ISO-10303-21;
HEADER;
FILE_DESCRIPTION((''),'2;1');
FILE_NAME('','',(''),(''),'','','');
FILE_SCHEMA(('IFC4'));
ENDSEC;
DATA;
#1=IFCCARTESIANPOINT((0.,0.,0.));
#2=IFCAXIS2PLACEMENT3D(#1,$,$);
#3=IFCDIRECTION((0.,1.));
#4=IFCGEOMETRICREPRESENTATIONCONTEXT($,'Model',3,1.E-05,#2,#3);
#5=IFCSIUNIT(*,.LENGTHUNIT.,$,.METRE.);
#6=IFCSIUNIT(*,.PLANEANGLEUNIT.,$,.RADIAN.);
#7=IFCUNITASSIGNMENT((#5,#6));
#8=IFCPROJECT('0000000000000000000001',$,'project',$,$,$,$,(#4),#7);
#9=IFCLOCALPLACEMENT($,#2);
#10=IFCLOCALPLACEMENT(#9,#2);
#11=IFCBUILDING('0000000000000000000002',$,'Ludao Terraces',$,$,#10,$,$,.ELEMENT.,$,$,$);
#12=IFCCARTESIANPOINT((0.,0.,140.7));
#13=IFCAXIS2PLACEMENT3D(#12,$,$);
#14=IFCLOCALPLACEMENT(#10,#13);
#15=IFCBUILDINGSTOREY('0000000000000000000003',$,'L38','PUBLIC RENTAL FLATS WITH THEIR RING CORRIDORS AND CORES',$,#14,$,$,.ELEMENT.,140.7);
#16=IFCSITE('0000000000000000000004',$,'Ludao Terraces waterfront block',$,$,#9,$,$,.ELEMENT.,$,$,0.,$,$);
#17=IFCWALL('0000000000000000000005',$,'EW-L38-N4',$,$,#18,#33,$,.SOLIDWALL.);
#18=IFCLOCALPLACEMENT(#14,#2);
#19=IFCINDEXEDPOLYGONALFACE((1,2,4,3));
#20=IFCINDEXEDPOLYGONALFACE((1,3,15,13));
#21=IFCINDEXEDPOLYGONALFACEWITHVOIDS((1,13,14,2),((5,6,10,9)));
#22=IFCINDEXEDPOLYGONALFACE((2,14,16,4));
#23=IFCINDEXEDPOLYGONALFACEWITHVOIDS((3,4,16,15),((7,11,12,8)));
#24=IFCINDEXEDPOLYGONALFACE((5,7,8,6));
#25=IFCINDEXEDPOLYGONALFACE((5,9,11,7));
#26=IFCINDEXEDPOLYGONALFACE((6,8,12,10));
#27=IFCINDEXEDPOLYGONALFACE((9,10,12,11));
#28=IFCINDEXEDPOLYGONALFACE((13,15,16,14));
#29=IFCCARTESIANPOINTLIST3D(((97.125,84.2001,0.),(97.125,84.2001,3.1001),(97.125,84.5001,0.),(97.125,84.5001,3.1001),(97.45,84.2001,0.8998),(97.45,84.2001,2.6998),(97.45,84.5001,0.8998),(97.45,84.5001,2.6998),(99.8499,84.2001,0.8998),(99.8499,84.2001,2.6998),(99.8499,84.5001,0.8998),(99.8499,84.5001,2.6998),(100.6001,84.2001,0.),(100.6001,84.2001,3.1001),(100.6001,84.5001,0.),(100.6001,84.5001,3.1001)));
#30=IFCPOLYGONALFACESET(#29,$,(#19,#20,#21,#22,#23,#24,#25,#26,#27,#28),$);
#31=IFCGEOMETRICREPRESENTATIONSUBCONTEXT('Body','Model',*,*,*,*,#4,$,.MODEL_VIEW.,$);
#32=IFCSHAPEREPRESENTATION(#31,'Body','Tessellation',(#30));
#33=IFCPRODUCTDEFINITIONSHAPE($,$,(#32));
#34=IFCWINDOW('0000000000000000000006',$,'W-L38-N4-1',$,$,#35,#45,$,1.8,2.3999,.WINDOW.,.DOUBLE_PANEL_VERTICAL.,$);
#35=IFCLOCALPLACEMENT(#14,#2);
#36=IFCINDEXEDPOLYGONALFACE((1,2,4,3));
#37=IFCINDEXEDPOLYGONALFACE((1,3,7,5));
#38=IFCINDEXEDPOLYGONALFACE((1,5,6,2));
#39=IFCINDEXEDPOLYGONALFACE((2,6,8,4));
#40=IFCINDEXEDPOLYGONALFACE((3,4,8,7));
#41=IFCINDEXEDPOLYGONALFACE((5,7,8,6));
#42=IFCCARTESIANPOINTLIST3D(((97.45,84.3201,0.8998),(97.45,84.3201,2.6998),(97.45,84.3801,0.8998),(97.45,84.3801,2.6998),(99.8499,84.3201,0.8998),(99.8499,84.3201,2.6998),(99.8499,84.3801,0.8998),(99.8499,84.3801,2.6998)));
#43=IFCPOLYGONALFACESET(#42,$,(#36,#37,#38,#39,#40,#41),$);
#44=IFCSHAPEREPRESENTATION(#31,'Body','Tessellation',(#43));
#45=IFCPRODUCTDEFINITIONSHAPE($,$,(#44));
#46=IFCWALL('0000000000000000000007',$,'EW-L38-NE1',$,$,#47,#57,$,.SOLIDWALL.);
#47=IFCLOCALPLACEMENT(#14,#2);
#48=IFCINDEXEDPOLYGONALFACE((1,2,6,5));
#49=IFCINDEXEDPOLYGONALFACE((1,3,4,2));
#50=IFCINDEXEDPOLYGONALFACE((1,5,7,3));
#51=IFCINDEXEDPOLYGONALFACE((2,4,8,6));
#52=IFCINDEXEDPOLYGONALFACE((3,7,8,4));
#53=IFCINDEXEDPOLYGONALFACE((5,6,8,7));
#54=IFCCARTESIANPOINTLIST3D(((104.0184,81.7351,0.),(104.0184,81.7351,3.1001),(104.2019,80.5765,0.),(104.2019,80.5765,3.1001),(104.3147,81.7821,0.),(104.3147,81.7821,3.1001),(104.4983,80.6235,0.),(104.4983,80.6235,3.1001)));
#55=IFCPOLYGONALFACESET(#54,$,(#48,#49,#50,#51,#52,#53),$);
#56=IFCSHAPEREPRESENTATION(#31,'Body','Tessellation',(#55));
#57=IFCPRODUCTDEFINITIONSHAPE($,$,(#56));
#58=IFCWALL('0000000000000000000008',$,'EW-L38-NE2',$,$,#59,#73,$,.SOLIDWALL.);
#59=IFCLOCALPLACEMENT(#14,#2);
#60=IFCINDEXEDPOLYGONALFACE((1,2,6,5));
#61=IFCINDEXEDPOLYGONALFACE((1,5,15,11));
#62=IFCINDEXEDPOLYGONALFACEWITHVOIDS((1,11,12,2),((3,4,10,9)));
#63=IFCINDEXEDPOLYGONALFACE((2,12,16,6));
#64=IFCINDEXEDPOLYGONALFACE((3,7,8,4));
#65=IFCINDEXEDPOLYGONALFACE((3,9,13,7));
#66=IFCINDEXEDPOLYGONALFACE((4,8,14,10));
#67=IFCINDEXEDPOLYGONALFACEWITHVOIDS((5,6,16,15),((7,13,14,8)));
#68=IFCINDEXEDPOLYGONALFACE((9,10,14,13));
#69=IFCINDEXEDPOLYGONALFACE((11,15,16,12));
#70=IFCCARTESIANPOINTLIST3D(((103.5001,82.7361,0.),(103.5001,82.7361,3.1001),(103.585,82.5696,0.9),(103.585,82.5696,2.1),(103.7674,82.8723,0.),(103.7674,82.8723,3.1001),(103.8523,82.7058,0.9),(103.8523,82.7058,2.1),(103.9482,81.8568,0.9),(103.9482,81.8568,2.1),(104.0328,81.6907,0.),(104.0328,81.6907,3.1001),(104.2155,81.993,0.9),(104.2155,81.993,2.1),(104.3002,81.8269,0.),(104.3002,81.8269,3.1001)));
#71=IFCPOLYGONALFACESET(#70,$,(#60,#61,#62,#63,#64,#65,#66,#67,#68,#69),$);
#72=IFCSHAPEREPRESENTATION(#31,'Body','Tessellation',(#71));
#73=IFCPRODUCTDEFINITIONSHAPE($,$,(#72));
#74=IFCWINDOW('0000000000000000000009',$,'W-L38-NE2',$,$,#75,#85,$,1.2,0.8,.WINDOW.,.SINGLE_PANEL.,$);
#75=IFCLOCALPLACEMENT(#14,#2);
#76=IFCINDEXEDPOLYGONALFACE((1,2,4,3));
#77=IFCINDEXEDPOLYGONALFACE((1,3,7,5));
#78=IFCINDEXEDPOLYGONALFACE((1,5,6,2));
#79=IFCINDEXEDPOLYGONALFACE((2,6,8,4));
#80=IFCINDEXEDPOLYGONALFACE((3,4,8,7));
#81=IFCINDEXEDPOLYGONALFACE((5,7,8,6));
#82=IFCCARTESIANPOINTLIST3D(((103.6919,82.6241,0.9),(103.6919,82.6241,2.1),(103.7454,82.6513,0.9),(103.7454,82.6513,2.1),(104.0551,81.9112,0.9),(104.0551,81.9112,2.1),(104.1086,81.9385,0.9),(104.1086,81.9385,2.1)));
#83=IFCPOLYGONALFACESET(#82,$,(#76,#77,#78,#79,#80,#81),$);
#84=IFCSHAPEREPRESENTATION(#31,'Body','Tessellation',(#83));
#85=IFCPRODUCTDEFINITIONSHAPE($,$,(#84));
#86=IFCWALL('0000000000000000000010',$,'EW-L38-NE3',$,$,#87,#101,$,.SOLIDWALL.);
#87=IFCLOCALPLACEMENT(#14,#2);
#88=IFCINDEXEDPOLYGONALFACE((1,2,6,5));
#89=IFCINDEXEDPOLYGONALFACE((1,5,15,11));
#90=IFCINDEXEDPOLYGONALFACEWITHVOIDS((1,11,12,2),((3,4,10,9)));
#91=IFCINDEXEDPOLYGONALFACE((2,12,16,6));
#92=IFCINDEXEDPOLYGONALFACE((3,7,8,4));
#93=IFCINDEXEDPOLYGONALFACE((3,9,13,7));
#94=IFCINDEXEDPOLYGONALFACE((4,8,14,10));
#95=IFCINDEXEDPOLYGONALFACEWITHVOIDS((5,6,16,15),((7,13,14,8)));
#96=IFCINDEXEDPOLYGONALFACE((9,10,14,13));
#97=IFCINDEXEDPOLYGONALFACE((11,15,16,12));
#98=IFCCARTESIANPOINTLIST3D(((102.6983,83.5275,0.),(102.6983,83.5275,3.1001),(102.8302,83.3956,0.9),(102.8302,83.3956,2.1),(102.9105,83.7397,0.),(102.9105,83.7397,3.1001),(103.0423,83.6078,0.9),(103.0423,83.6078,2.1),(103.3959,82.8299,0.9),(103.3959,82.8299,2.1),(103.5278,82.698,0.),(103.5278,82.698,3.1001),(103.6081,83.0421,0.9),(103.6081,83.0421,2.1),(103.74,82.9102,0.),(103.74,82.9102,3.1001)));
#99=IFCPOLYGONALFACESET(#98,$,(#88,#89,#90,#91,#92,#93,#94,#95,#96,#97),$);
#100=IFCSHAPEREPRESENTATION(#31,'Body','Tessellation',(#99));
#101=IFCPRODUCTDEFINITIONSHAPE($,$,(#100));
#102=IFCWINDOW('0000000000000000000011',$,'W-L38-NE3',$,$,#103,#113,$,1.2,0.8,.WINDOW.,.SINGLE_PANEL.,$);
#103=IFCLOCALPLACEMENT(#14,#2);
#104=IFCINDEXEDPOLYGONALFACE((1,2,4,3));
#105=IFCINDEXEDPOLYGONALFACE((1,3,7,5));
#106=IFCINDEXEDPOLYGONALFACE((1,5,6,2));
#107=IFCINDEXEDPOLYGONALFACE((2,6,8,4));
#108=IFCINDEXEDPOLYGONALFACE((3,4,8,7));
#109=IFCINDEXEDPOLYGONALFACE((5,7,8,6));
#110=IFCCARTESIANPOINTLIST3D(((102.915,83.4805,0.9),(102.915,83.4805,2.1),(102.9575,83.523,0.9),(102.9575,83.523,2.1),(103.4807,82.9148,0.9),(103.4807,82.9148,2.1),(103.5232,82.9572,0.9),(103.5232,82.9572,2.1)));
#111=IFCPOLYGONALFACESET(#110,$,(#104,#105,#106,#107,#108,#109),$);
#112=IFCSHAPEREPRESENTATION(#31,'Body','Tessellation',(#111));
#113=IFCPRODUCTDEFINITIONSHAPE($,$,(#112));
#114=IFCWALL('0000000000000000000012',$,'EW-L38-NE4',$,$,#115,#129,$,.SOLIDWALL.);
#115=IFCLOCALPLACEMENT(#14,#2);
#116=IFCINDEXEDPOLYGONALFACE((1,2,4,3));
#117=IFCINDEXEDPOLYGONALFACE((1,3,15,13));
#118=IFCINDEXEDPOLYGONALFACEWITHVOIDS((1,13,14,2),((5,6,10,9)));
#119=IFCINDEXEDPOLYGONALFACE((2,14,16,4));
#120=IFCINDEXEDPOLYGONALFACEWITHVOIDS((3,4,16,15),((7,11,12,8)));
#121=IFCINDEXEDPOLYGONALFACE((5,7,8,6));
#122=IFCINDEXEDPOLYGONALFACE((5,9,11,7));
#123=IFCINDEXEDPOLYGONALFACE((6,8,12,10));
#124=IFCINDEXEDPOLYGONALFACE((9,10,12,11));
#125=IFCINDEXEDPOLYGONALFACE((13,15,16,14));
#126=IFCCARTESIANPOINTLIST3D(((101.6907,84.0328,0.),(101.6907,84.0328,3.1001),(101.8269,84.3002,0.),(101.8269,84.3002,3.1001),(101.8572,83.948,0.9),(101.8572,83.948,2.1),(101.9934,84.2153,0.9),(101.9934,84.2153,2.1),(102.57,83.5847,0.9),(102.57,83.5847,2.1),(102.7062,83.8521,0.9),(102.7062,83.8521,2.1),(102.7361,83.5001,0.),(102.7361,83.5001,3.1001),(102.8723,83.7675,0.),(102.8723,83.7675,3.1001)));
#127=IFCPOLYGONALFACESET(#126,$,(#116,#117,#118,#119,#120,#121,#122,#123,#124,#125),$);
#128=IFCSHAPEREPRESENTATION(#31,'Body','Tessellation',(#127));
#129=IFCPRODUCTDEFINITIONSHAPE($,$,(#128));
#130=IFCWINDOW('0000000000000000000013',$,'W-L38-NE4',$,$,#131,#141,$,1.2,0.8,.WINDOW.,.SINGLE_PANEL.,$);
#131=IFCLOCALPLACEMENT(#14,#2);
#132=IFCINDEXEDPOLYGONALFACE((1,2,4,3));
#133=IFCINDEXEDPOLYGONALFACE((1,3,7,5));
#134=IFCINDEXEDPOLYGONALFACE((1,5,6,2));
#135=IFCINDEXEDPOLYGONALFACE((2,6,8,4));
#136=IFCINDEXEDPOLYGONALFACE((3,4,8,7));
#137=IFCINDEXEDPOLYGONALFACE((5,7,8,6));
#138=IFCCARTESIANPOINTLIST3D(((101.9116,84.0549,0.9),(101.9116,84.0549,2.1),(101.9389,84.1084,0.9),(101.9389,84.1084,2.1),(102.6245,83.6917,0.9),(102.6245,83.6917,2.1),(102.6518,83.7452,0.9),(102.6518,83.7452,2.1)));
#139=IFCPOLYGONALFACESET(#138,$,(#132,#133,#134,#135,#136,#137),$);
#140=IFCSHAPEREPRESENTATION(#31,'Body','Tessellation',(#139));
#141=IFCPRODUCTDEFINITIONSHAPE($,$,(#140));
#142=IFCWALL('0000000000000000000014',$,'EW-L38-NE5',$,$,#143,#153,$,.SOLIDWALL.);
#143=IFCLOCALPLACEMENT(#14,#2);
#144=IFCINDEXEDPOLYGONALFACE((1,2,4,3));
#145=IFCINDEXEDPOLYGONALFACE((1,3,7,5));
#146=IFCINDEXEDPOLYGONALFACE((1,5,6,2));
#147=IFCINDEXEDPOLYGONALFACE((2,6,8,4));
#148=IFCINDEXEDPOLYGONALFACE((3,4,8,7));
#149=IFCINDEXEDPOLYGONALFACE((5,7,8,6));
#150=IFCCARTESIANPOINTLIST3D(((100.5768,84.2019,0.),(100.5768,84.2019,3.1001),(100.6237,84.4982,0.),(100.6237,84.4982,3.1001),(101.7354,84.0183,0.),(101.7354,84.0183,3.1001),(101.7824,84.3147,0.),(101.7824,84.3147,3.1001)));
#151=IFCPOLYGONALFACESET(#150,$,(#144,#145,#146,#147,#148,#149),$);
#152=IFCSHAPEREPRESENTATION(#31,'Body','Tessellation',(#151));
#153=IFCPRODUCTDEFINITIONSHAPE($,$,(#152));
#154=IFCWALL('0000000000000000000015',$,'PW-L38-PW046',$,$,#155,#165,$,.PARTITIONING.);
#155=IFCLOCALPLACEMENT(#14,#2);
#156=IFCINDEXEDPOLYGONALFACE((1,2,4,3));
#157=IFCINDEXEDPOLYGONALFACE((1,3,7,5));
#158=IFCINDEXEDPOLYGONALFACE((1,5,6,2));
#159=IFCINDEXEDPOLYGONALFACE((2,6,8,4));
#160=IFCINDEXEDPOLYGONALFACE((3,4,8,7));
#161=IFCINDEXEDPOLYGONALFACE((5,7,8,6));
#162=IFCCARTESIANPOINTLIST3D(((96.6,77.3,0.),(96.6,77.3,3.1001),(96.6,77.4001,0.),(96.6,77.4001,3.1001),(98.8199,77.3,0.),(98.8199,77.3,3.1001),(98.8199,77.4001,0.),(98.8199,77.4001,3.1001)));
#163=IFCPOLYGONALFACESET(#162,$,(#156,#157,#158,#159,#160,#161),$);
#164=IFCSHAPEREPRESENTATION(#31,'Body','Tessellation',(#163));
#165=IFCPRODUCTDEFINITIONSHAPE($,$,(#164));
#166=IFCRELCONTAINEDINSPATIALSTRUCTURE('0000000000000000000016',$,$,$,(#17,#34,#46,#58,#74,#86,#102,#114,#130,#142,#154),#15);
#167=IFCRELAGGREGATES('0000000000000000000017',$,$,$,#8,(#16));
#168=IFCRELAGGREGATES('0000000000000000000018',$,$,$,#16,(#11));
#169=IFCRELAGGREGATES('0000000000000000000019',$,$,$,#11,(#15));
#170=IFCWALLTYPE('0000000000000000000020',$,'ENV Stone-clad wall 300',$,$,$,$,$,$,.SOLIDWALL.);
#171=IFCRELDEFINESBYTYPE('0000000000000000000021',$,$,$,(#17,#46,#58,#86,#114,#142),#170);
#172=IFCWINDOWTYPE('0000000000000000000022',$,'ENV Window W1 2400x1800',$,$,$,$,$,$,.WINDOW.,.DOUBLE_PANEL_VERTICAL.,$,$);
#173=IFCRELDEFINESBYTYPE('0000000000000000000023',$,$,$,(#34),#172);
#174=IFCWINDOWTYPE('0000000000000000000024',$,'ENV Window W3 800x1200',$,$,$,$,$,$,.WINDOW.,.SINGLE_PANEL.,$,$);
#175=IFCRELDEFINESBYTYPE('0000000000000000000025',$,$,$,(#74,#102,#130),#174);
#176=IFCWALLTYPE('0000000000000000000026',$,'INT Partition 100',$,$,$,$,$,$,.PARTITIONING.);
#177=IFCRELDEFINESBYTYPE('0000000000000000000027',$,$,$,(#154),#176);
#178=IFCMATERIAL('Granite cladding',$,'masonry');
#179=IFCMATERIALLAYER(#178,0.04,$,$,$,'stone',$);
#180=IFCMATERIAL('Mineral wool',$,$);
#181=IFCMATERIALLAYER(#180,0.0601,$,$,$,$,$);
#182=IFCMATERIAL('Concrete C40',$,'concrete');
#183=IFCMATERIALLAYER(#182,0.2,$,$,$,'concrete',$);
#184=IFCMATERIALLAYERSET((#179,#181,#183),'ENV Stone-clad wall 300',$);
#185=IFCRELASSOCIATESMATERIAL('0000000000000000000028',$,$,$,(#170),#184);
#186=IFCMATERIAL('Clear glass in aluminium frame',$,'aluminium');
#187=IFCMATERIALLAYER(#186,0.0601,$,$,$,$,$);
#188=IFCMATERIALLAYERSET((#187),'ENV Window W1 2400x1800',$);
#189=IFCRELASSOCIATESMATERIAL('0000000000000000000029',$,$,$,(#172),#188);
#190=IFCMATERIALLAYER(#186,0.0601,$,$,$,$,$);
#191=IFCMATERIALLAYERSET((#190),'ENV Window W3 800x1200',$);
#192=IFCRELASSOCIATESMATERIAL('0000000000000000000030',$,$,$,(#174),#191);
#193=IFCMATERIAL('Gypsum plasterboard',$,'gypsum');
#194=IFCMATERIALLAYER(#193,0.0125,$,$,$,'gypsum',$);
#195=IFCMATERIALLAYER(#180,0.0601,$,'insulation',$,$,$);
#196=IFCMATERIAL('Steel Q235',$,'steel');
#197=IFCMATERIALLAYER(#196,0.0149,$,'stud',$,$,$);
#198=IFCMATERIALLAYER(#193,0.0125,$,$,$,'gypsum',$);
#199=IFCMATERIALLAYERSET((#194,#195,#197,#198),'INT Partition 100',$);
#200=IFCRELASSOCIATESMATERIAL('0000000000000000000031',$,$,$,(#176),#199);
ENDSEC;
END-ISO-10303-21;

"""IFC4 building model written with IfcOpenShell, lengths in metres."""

from ifc_helpers import new_model, si_unit, direction, frame, frame_2d, origin, place, context, subcontext, project, spatial, rectangle, extrude, material, layer, layer_set, type_object, element, fill, save


model = new_model("IFC4")

# Units and contexts
model_context = context("Model", 3, precision=1e-05, world=origin(), true_north=direction((0.0, 1.0)))
body_context = subcontext(model_context, "Body", "Model", "MODEL_VIEW")
ifc_project = project(units=[si_unit("LENGTHUNIT", "METRE"), si_unit("PLANEANGLEUNIT", "RADIAN")], contexts=[model_context])

# Site, building, storey
site_placement = place(None, origin())
site = spatial("IfcSite", under=ifc_project, at=site_placement, Name="Ludao Terraces waterfront block", CompositionType="ELEMENT", RefElevation=0.0)
building_placement = place(site_placement, origin())
building = spatial("IfcBuilding", under=site, at=building_placement, Name="Ludao Terraces", CompositionType="ELEMENT")
storey_placement = place(building_placement, frame((0.0, 0.0, 140.7)))
storey = spatial("IfcBuildingStorey", under=building, at=storey_placement, Name="L38", Description="PUBLIC RENTAL FLATS WITH THEIR RING CORRIDORS AND CORES", CompositionType="ELEMENT", Elevation=140.7)

# Shared definitions
ifc_material_1 = material(Name="Concrete C40", Category="concrete")

# Shared definitions
ifc_material_2 = material(Name="Steel Q235", Category="steel")

# Shared definitions
ifc_material_3 = material(Name="Granite cladding", Category="masonry")
ifc_layer_1 = layer(ifc_material_3, 0.04, Category="stone")
ifc_material_4 = material(Name="Mineral wool")
ifc_layer_2 = layer(ifc_material_4, 0.0601)
ifc_layer_3 = layer(ifc_material_1, 0.2, Category="concrete")
ifc_layer_set_1 = layer_set([ifc_layer_1, ifc_layer_2, ifc_layer_3], Name="ENV Stone-clad wall 300")
wall_type_1 = type_object("IfcWallType", Name="ENV Stone-clad wall 300", PredefinedType="SOLIDWALL", material=ifc_layer_set_1)
ifc_material_5 = material(Name="Clear glass in aluminium frame", Category="aluminium")
ifc_layer_4 = layer(ifc_material_5, 0.0601)
ifc_layer_set_2 = layer_set([ifc_layer_4], Name="ENV Window W1 2400x1800")
window_type_1 = type_object("IfcWindowType", Name="ENV Window W1 2400x1800", PartitioningType="DOUBLE_PANEL_VERTICAL", PredefinedType="WINDOW", material=ifc_layer_set_2)

# Wall, opening, window
wall_1_placement = place(storey_placement, frame((97.125, 84.3501, 0.0), z_axis=(0.0, 0.0, 1.0), x_axis=(1.0, 0.0, 0.0)))
wall_1 = element("IfcWall", 1, at=wall_1_placement, inside=storey, type_object=wall_type_1, Name="EW-L38-N4", PredefinedType="SOLIDWALL", context=body_context, shape_type="SweptSolid", body=[
    extrude(rectangle(XDim=3.4751, YDim=0.3, at=frame_2d((1.7375, 0.0))), origin(), (0.0, 0.0, 1.0), 3.1001),
])
opening_1_placement = place(wall_1_placement, frame((0.325, 0.0, 0.8999)))
opening_1 = element("IfcOpeningElement", 2, at=opening_1_placement, cuts=wall_1, PredefinedType="OPENING", context=body_context, shape_type="SweptSolid", body=[
    extrude(rectangle(XDim=2.3999, YDim=1.8, at=frame_2d((1.2, 0.8999))), frame((0.0, 0.1602, 0.0), z_axis=(0.0, -1.0, 0.0), x_axis=(1.0, 0.0, 0.0)), (0.0, 0.0, 1.0), 0.3201),
])
window_1_placement = place(opening_1_placement, origin())
window_1 = element("IfcWindow", 3, at=window_1_placement, inside=storey, type_object=window_type_1, Name="W-L38-N4-1", OverallHeight=1.8, OverallWidth=2.3999, PartitioningType="DOUBLE_PANEL_VERTICAL", PredefinedType="WINDOW", context=body_context, shape_type="SweptSolid", body=[
    extrude(rectangle(XDim=2.3999, YDim=1.8, at=frame_2d((1.2, 0.8999))), frame((0.0, 0.03, 0.0), z_axis=(0.0, -1.0, 0.0), x_axis=(1.0, 0.0, 0.0)), (0.0, 0.0, 1.0), 0.0601),
])
fill(opening_1, window_1)

# Wall
wall_2_placement = place(storey_placement, frame((104.3501, 80.6001, 0.0), z_axis=(0.0, 0.0, 1.0), x_axis=(-0.156497, 0.987678, 0.0)))
element("IfcWall", 4, at=wall_2_placement, inside=storey, type_object=wall_type_1, Name="EW-L38-NE1", PredefinedType="SOLIDWALL", context=body_context, shape_type="SweptSolid", body=[
    extrude(rectangle(XDim=1.1731, YDim=0.3, at=frame_2d((0.5864, 0.0))), origin(), (0.0, 0.0, 1.0), 3.1001),
])

# Walls, openings, windows
wall_3_placement = place(storey_placement, frame((104.1665, 81.7588, 0.0), z_axis=(0.0, 0.0, 1.0), x_axis=(-0.454026, 0.890989, 0.0)))
wall_3 = element("IfcWall", 5, at=wall_3_placement, inside=storey, type_object=wall_type_1, Name="EW-L38-NE2", PredefinedType="SOLIDWALL", context=body_context, shape_type="SweptSolid", body=[
    extrude(rectangle(XDim=1.1733, YDim=0.3, at=frame_2d((0.5867, 0.0))), origin(), (0.0, 0.0, 1.0), 3.1001),
])
opening_2_placement = place(wall_3_placement, frame((0.1865, 0.0, 0.8999)))
opening_2 = element("IfcOpeningElement", 6, at=opening_2_placement, cuts=wall_3, PredefinedType="OPENING", context=body_context, shape_type="SweptSolid", body=[
    extrude(rectangle(XDim=0.8, YDim=1.2, at=frame_2d((0.3999, 0.6001))), frame((0.0, 0.1602, 0.0), z_axis=(0.0, -1.0, 0.0), x_axis=(1.0, 0.0, 0.0)), (0.0, 0.0, 1.0), 0.3201),
])
ifc_layer_5 = layer(ifc_material_5, 0.0601)
ifc_layer_set_3 = layer_set([ifc_layer_5], Name="ENV Window W3 800x1200")
window_type_2 = type_object("IfcWindowType", Name="ENV Window W3 800x1200", PartitioningType="SINGLE_PANEL", PredefinedType="WINDOW", material=ifc_layer_set_3)
window_2_placement = place(opening_2_placement, origin())
window_2 = element("IfcWindow", 7, at=window_2_placement, inside=storey, type_object=window_type_2, Name="W-L38-NE2", OverallHeight=1.2, OverallWidth=0.8, PartitioningType="SINGLE_PANEL", PredefinedType="WINDOW", context=body_context, shape_type="SweptSolid", body=[
    extrude(rectangle(XDim=0.8, YDim=1.2, at=frame_2d((0.3999, 0.6001))), frame((0.0, 0.03, 0.0), z_axis=(0.0, -1.0, 0.0), x_axis=(1.0, 0.0, 0.0)), (0.0, 0.0, 1.0), 0.0601),
])
fill(opening_2, window_2)
wall_4_placement = place(storey_placement, frame((103.6338, 82.8042, 0.0), z_axis=(0.0, 0.0, 1.0), x_axis=(-0.707107, 0.707107, 0.0)))
wall_4 = element("IfcWall", 8, at=wall_4_placement, inside=storey, type_object=wall_type_1, Name="EW-L38-NE3", PredefinedType="SOLIDWALL", context=body_context, shape_type="SweptSolid", body=[
    extrude(rectangle(XDim=1.1731, YDim=0.3, at=frame_2d((0.5864, 0.0))), origin(), (0.0, 0.0, 1.0), 3.1001),
])
opening_3_placement = place(wall_4_placement, frame((0.1865, 0.0, 0.8999)))
opening_3 = element("IfcOpeningElement", 9, at=opening_3_placement, cuts=wall_4, PredefinedType="OPENING", context=body_context, shape_type="SweptSolid", body=[
    extrude(rectangle(XDim=0.8, YDim=1.2, at=frame_2d((0.3999, 0.6001))), frame((0.0, 0.1602, 0.0), z_axis=(0.0, -1.0, 0.0), x_axis=(1.0, 0.0, 0.0)), (0.0, 0.0, 1.0), 0.3201),
])
window_3_placement = place(opening_3_placement, origin())
window_3 = element("IfcWindow", 10, at=window_3_placement, inside=storey, type_object=window_type_2, Name="W-L38-NE3", OverallHeight=1.2, OverallWidth=0.8, PartitioningType="SINGLE_PANEL", PredefinedType="WINDOW", context=body_context, shape_type="SweptSolid", body=[
    extrude(rectangle(XDim=0.8, YDim=1.2, at=frame_2d((0.3999, 0.6001))), frame((0.0, 0.03, 0.0), z_axis=(0.0, -1.0, 0.0), x_axis=(1.0, 0.0, 0.0)), (0.0, 0.0, 1.0), 0.0601),
])
fill(opening_3, window_3)
wall_5_placement = place(storey_placement, frame((102.8042, 83.6338, 0.0), z_axis=(0.0, 0.0, 1.0), x_axis=(-0.890989, 0.454026, 0.0)))
wall_5 = element("IfcWall", 11, at=wall_5_placement, inside=storey, type_object=wall_type_1, Name="EW-L38-NE4", PredefinedType="SOLIDWALL", context=body_context, shape_type="SweptSolid", body=[
    extrude(rectangle(XDim=1.1733, YDim=0.3, at=frame_2d((0.5867, 0.0))), origin(), (0.0, 0.0, 1.0), 3.1001),
])
opening_4_placement = place(wall_5_placement, frame((0.1865, 0.0, 0.8999)))
opening_4 = element("IfcOpeningElement", 12, at=opening_4_placement, cuts=wall_5, PredefinedType="OPENING", context=body_context, shape_type="SweptSolid", body=[
    extrude(rectangle(XDim=0.8, YDim=1.2, at=frame_2d((0.3999, 0.6001))), frame((0.0, 0.1602, 0.0), z_axis=(0.0, -1.0, 0.0), x_axis=(1.0, 0.0, 0.0)), (0.0, 0.0, 1.0), 0.3201),
])
window_4_placement = place(opening_4_placement, origin())
window_4 = element("IfcWindow", 13, at=window_4_placement, inside=storey, type_object=window_type_2, Name="W-L38-NE4", OverallHeight=1.2, OverallWidth=0.8, PartitioningType="SINGLE_PANEL", PredefinedType="WINDOW", context=body_context, shape_type="SweptSolid", body=[
    extrude(rectangle(XDim=0.8, YDim=1.2, at=frame_2d((0.3999, 0.6001))), frame((0.0, 0.03, 0.0), z_axis=(0.0, -1.0, 0.0), x_axis=(1.0, 0.0, 0.0)), (0.0, 0.0, 1.0), 0.0601),
])
fill(opening_4, window_4)

# Walls
wall_6_placement = place(storey_placement, frame((101.7588, 84.1665, 0.0), z_axis=(0.0, 0.0, 1.0), x_axis=(-0.987678, 0.156497, 0.0)))
element("IfcWall", 14, at=wall_6_placement, inside=storey, type_object=wall_type_1, Name="EW-L38-NE5", PredefinedType="SOLIDWALL", context=body_context, shape_type="SweptSolid", body=[
    extrude(rectangle(XDim=1.1731, YDim=0.3, at=frame_2d((0.5864, 0.0))), origin(), (0.0, 0.0, 1.0), 3.1001),
])
ifc_material_6 = material(Name="Gypsum plasterboard", Category="gypsum")
ifc_layer_6 = layer(ifc_material_6, 0.0125, Category="gypsum")
ifc_layer_7 = layer(ifc_material_4, 0.0601, Name="insulation")
ifc_layer_8 = layer(ifc_material_2, 0.0149, Name="stud")
ifc_layer_9 = layer(ifc_material_6, 0.0125, Category="gypsum")
ifc_layer_set_4 = layer_set([ifc_layer_6, ifc_layer_7, ifc_layer_8, ifc_layer_9], Name="INT Partition 100")
wall_type_2 = type_object("IfcWallType", Name="INT Partition 100", PredefinedType="PARTITIONING", material=ifc_layer_set_4)
for number, where, z_axis, x_axis, name in (
    (15, (96.6001, 77.3501, 0.0), (0.0, 0.0, 1.0), (1.0, 0.0, 0.0), "PW-L38-PW046"),
):
    element("IfcWall", number, at=place(storey_placement, frame(where, z_axis=z_axis, x_axis=x_axis)), inside=storey, type_object=wall_type_2, Name=name, PredefinedType="PARTITIONING", context=body_context, shape_type="SweptSolid", body=[
        extrude(rectangle(XDim=2.22, YDim=0.1001, at=frame_2d((1.1099, 0.0))), origin(), (0.0, 0.0, 1.0), 3.1001),
    ])

save(model, "model.ifc")
